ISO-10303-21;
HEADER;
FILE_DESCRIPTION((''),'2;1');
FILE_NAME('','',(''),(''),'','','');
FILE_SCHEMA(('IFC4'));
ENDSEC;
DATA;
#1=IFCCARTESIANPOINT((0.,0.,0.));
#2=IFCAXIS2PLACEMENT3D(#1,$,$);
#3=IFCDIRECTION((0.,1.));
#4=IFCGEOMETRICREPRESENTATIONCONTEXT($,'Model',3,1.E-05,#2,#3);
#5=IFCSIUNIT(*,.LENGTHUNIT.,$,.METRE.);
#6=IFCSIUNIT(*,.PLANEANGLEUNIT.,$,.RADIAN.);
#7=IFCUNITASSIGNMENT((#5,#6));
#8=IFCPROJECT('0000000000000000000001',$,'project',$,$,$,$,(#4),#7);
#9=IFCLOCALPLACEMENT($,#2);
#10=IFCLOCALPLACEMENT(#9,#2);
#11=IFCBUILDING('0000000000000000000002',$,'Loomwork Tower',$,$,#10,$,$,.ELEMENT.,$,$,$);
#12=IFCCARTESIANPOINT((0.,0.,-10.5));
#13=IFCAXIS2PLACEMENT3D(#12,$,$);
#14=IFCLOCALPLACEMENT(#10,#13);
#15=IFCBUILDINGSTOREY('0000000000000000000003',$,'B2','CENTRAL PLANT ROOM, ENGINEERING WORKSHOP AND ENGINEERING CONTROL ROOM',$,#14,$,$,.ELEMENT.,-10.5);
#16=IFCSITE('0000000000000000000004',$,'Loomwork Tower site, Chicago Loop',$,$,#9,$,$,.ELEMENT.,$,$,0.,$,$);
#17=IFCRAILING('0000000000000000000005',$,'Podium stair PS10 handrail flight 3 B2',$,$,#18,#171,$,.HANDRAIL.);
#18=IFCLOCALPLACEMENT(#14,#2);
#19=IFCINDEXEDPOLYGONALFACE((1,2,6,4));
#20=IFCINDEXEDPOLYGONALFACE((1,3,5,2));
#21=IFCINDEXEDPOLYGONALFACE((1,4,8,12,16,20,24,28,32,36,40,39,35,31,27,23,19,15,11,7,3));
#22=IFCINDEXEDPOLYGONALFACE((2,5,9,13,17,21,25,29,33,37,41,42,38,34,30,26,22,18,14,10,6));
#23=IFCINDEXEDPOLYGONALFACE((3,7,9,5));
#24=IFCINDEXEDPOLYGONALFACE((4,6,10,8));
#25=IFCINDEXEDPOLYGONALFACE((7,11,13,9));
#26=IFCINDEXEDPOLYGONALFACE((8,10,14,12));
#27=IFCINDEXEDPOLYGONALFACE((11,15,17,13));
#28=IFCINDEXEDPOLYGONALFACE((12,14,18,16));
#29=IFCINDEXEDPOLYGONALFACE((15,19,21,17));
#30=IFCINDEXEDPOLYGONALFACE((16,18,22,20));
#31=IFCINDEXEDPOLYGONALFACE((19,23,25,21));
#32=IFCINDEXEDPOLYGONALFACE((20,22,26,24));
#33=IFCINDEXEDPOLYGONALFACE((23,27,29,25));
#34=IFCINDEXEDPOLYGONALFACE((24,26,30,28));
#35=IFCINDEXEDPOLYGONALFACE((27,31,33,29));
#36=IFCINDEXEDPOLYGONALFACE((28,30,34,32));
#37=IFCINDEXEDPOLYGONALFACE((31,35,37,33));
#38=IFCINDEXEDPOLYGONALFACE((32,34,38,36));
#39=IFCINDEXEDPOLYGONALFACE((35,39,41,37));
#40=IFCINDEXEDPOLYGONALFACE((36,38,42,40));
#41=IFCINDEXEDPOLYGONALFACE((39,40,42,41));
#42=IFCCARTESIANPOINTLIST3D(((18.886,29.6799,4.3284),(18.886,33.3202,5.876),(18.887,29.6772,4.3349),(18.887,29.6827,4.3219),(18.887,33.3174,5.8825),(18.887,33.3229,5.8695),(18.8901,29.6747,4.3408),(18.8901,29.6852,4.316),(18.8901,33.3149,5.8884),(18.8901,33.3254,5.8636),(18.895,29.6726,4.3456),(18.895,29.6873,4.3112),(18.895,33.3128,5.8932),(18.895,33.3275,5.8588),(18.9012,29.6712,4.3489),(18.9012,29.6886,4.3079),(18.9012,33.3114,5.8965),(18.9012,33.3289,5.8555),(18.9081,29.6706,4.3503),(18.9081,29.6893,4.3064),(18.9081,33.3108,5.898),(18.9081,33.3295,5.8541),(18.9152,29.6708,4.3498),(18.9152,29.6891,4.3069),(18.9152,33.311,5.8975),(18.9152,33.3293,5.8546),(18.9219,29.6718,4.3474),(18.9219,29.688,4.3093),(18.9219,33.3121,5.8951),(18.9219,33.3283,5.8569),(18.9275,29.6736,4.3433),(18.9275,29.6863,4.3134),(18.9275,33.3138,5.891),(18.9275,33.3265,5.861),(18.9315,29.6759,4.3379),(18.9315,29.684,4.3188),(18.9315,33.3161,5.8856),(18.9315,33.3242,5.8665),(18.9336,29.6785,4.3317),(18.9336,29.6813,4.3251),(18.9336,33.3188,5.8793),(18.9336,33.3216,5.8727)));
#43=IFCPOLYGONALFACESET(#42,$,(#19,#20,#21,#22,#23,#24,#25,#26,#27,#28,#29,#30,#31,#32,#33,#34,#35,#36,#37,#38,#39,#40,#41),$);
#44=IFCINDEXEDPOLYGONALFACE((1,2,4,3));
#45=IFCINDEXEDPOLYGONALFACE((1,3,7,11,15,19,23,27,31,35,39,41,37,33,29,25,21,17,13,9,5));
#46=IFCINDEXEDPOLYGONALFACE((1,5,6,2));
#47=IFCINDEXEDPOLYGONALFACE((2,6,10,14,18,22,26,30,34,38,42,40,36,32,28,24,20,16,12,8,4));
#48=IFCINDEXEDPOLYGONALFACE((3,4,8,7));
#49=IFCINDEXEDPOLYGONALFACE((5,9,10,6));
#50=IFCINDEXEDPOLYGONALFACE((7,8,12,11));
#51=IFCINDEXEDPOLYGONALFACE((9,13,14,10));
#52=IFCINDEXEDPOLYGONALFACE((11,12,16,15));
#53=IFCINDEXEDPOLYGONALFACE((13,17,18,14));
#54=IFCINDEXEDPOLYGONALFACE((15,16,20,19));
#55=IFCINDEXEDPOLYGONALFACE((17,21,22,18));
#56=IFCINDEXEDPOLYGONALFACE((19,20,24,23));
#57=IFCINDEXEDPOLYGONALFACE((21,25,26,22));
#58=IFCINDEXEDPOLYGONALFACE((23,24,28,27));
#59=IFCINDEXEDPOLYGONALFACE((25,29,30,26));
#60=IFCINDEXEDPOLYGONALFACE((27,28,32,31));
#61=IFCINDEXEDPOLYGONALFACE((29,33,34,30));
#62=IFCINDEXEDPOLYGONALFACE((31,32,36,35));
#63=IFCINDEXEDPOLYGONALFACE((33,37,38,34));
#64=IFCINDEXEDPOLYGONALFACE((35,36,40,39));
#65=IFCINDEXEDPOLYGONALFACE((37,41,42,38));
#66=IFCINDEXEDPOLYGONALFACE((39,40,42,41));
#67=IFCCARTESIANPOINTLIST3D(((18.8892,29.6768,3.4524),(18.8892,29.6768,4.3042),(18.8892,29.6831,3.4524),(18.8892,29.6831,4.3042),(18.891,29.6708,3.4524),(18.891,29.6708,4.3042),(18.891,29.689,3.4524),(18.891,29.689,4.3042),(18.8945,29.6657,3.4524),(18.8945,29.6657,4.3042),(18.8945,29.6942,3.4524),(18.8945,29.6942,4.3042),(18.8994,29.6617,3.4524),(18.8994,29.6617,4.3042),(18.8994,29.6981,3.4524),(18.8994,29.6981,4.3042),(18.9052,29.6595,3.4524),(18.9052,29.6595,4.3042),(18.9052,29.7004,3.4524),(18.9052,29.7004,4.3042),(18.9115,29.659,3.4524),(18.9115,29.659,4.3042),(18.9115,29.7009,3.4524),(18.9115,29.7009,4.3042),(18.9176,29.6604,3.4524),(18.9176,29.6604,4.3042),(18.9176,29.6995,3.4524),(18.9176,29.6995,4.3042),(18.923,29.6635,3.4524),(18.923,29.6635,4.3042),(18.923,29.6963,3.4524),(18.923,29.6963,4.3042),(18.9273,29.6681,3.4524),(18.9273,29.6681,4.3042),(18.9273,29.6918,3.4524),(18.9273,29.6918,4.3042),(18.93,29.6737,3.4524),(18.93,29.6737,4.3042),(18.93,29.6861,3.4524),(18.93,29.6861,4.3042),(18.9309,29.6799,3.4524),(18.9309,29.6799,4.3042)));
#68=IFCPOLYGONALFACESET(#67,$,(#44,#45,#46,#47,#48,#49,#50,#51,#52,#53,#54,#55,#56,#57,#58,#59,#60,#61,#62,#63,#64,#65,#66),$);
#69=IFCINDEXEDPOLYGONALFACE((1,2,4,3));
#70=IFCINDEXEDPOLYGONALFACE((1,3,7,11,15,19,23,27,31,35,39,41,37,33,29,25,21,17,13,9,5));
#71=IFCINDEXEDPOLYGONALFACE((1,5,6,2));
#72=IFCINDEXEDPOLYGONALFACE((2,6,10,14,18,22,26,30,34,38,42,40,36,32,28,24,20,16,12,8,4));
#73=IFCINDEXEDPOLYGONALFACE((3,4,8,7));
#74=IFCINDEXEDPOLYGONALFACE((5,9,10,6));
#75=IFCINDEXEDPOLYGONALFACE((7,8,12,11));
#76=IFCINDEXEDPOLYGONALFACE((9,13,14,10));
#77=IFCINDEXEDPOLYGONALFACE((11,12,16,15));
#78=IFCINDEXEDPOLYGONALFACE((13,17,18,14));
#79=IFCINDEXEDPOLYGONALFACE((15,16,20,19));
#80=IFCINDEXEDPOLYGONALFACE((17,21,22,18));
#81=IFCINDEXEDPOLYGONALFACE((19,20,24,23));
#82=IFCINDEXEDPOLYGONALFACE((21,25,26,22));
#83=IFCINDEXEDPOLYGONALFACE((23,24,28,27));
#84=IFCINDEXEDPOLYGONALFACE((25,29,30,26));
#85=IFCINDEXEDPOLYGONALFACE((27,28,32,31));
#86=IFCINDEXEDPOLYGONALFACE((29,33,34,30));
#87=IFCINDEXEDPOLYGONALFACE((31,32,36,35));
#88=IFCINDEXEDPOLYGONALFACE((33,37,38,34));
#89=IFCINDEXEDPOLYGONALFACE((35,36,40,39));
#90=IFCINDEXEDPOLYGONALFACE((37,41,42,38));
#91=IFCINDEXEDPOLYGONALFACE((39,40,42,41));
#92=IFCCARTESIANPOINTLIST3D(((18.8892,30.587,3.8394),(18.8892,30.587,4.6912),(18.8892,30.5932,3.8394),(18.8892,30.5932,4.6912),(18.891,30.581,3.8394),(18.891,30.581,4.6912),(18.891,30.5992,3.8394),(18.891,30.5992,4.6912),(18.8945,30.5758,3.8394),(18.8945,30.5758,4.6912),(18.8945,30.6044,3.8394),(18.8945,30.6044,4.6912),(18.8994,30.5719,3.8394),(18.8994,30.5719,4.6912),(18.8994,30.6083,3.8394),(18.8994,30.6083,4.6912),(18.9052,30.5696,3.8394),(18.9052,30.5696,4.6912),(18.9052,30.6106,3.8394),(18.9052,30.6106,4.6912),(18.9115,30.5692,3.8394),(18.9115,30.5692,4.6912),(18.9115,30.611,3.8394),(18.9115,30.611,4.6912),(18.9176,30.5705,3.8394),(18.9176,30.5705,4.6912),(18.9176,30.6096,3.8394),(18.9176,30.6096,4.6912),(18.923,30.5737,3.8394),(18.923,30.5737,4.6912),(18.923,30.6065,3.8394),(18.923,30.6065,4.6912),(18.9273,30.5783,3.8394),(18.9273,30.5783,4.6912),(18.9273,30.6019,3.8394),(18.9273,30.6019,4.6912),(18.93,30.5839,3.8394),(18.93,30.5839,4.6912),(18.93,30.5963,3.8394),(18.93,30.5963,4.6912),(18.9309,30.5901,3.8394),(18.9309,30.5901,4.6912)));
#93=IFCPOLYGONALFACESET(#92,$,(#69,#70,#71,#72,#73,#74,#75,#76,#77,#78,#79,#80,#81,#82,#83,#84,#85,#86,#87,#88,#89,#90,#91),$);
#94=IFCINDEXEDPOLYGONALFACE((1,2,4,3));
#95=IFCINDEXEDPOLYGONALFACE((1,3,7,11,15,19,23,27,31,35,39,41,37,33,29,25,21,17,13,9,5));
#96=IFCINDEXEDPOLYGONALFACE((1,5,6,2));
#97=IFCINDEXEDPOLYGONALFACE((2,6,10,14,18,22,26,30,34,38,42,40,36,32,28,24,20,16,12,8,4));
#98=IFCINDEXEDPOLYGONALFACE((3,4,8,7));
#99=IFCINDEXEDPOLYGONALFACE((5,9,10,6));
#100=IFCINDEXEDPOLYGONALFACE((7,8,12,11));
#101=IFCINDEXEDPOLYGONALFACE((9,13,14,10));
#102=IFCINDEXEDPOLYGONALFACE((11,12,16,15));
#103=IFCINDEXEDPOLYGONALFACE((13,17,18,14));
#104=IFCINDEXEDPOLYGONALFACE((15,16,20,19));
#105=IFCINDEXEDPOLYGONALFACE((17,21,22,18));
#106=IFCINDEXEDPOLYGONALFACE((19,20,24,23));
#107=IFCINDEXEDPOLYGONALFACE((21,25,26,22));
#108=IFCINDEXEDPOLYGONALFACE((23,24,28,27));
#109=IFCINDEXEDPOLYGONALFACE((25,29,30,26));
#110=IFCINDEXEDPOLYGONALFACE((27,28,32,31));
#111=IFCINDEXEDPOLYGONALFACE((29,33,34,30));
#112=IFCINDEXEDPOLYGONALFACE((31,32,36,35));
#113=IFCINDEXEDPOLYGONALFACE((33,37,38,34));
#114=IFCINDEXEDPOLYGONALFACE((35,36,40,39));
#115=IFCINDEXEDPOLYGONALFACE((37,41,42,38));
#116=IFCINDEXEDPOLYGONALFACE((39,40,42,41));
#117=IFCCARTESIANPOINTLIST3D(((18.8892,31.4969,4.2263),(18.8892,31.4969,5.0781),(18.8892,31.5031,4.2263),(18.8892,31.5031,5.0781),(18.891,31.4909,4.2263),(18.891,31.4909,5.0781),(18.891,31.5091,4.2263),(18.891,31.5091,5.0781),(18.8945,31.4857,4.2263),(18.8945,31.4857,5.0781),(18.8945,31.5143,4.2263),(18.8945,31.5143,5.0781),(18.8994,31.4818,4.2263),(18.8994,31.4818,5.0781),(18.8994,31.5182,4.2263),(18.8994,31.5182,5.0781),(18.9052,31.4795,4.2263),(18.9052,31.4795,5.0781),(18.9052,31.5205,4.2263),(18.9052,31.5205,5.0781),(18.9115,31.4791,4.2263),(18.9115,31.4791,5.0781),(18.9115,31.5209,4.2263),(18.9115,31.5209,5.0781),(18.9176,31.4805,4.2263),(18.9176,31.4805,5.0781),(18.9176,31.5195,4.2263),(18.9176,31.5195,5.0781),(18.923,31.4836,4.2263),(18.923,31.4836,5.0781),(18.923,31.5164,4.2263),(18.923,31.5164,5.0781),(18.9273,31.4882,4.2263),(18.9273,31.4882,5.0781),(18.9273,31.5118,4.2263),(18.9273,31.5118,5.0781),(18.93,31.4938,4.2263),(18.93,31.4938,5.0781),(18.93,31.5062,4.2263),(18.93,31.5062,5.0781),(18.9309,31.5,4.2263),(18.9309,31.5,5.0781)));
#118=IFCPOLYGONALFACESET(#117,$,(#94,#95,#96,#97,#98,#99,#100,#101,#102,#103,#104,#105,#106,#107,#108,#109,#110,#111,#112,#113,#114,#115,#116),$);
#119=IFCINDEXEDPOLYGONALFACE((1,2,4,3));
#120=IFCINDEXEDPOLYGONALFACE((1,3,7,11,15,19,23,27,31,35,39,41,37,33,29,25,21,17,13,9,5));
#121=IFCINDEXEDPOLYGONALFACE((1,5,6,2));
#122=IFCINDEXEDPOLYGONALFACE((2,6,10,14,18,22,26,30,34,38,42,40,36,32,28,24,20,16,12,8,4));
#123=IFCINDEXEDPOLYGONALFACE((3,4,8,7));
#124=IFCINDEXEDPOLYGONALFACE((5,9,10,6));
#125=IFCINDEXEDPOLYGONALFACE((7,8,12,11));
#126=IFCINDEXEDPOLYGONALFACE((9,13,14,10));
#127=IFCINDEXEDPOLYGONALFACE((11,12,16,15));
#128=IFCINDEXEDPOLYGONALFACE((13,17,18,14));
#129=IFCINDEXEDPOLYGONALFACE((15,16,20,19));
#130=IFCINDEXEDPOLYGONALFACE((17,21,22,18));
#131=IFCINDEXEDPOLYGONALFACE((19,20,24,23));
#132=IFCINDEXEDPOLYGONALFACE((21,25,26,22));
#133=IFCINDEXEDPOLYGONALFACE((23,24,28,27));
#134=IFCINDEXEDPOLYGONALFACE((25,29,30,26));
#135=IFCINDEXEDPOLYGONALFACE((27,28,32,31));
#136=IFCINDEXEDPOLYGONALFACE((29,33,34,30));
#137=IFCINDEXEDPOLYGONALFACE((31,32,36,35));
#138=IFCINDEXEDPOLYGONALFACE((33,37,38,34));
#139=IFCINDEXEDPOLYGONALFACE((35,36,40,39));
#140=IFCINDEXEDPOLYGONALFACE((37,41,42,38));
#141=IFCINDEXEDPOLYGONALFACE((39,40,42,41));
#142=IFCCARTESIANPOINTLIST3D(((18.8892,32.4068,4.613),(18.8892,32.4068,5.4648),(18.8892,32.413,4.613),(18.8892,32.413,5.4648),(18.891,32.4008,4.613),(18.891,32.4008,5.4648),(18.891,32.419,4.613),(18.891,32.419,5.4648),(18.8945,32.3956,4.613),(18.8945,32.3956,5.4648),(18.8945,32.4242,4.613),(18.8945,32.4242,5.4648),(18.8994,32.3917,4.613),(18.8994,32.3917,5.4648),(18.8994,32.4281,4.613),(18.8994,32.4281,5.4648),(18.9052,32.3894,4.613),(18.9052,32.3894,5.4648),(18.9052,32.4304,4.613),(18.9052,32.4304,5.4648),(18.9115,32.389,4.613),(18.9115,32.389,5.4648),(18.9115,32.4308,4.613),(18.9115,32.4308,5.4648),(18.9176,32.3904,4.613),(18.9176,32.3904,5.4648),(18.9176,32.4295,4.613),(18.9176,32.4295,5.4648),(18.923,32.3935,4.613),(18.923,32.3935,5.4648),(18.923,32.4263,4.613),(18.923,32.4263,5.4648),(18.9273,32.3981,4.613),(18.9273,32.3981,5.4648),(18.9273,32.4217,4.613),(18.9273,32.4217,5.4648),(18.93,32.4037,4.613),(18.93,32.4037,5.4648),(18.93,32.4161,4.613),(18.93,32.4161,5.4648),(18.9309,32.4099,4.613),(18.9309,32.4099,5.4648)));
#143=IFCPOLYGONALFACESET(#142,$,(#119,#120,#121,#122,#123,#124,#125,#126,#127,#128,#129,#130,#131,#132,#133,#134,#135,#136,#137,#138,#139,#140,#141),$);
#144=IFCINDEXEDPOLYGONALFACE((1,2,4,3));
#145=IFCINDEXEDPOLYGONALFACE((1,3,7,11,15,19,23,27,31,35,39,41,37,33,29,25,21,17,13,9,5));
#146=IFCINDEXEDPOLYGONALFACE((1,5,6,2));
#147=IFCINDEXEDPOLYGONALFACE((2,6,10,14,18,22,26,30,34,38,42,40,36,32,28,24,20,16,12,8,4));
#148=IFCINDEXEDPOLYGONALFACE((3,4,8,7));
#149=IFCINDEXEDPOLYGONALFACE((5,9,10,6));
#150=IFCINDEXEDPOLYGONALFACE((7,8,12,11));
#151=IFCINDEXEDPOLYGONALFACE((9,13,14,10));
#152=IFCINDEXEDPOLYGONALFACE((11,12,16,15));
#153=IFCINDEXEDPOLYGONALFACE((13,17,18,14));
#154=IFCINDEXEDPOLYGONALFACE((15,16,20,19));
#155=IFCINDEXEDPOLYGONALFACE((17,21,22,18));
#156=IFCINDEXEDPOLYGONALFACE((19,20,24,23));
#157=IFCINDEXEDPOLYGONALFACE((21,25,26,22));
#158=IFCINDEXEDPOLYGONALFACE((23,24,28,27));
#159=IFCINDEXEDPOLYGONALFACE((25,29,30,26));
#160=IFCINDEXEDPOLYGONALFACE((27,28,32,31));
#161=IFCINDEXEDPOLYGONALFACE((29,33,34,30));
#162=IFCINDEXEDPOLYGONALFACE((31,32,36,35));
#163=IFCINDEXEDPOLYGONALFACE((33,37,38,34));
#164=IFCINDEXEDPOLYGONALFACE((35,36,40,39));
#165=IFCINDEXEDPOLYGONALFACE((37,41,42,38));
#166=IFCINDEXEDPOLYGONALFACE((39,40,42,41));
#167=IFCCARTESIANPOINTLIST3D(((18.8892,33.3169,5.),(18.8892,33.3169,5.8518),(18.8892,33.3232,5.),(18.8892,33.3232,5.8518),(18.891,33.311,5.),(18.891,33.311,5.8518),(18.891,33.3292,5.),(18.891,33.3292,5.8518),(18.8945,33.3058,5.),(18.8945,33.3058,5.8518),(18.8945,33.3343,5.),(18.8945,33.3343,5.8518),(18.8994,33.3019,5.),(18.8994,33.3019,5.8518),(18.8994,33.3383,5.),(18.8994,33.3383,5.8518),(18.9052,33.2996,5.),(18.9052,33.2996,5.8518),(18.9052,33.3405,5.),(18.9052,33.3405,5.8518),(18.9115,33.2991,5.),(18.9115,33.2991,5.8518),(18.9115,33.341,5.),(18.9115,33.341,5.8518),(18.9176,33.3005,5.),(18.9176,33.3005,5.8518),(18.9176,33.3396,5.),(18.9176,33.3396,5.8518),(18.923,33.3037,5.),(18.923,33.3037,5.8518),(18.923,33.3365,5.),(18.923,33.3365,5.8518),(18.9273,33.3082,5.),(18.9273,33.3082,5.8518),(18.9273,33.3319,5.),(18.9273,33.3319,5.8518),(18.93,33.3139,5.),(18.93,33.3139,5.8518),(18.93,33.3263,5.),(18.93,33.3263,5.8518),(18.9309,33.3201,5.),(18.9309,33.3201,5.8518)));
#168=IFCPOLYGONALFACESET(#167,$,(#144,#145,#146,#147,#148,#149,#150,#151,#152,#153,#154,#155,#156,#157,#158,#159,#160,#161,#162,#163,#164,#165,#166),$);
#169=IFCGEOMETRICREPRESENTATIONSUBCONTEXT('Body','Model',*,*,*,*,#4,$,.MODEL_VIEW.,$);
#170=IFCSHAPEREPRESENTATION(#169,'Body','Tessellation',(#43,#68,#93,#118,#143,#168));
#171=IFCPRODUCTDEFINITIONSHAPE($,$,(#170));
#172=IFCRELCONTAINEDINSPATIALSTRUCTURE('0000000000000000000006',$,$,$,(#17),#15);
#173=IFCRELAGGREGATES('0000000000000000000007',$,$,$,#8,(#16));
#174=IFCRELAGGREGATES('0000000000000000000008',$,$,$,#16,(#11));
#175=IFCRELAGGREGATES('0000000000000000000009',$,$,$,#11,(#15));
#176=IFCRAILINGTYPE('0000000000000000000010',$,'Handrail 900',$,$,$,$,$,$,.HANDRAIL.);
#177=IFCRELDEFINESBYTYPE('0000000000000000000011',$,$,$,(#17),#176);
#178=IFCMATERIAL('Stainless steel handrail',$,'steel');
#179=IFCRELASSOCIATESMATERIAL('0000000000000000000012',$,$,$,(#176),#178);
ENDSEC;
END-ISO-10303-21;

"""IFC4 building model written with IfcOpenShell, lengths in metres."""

from ifc_helpers import new_model, si_unit, direction, frame, origin, origin_2d, place, context, subcontext, project, spatial, circle, extrude, material, type_object, element, save


model = new_model("IFC4")

# Units and contexts
model_context = context("Model", 3, precision=1e-05, world=origin(), true_north=direction((0.0, 1.0)))
body_context = subcontext(model_context, "Body", "Model", "MODEL_VIEW")
ifc_project = project(units=[si_unit("LENGTHUNIT", "METRE"), si_unit("PLANEANGLEUNIT", "RADIAN")], contexts=[model_context])

# Site, building, storey
site_placement = place(None, origin())
site = spatial("IfcSite", under=ifc_project, at=site_placement, Name="Loomwork Tower site, Chicago Loop", CompositionType="ELEMENT", RefElevation=0.0)
building_placement = place(site_placement, origin())
building = spatial("IfcBuilding", under=site, at=building_placement, Name="Loomwork Tower", CompositionType="ELEMENT")
storey_placement = place(building_placement, frame((0.0, 0.0, -10.5)))
storey = spatial("IfcBuildingStorey", under=building, at=storey_placement, Name="B2", Description="CENTRAL PLANT ROOM, ENGINEERING WORKSHOP AND ENGINEERING CONTROL ROOM", CompositionType="ELEMENT", Elevation=-10.5)

# Railing
ifc_material_1 = material(Name="Stainless steel handrail", Category="steel")
railing_type = type_object("IfcRailingType", Name="Handrail 900", PredefinedType="HANDRAIL", material=ifc_material_1)
railing_1_placement = place(storey_placement, frame((18.9099, 29.6799, 3.4524)))
element("IfcRailing", 1, at=railing_1_placement, inside=storey, type_object=railing_type, Name="Podium stair PS10 handrail flight 3 B2", PredefinedType="HANDRAIL", context=body_context, shape_type="SweptSolid", body=[
    extrude(circle(Radius=0.0239, at=origin_2d()), frame((0.0, 0.0, 0.876), z_axis=(0.0, 0.920281, 0.391258), x_axis=(-1.0, 0.0, 0.0)), (0.0, 0.0, 1.0), 3.9556),
    extrude(circle(Radius=0.021, at=origin_2d()), origin(), (0.0, 0.0, 1.0), 0.8518),
    extrude(circle(Radius=0.021, at=origin_2d()), frame((0.0, 0.9102, 0.387)), (0.0, 0.0, 1.0), 0.8518),
    extrude(circle(Radius=0.021, at=origin_2d()), frame((0.0, 1.8201, 0.7739)), (0.0, 0.0, 1.0), 0.8518),
    extrude(circle(Radius=0.021, at=origin_2d()), frame((0.0, 2.73, 1.1606)), (0.0, 0.0, 1.0), 0.8518),
    extrude(circle(Radius=0.021, at=origin_2d()), frame((0.0, 3.6401, 1.5476)), (0.0, 0.0, 1.0), 0.8518),
])

save(model, "model.ifc")
